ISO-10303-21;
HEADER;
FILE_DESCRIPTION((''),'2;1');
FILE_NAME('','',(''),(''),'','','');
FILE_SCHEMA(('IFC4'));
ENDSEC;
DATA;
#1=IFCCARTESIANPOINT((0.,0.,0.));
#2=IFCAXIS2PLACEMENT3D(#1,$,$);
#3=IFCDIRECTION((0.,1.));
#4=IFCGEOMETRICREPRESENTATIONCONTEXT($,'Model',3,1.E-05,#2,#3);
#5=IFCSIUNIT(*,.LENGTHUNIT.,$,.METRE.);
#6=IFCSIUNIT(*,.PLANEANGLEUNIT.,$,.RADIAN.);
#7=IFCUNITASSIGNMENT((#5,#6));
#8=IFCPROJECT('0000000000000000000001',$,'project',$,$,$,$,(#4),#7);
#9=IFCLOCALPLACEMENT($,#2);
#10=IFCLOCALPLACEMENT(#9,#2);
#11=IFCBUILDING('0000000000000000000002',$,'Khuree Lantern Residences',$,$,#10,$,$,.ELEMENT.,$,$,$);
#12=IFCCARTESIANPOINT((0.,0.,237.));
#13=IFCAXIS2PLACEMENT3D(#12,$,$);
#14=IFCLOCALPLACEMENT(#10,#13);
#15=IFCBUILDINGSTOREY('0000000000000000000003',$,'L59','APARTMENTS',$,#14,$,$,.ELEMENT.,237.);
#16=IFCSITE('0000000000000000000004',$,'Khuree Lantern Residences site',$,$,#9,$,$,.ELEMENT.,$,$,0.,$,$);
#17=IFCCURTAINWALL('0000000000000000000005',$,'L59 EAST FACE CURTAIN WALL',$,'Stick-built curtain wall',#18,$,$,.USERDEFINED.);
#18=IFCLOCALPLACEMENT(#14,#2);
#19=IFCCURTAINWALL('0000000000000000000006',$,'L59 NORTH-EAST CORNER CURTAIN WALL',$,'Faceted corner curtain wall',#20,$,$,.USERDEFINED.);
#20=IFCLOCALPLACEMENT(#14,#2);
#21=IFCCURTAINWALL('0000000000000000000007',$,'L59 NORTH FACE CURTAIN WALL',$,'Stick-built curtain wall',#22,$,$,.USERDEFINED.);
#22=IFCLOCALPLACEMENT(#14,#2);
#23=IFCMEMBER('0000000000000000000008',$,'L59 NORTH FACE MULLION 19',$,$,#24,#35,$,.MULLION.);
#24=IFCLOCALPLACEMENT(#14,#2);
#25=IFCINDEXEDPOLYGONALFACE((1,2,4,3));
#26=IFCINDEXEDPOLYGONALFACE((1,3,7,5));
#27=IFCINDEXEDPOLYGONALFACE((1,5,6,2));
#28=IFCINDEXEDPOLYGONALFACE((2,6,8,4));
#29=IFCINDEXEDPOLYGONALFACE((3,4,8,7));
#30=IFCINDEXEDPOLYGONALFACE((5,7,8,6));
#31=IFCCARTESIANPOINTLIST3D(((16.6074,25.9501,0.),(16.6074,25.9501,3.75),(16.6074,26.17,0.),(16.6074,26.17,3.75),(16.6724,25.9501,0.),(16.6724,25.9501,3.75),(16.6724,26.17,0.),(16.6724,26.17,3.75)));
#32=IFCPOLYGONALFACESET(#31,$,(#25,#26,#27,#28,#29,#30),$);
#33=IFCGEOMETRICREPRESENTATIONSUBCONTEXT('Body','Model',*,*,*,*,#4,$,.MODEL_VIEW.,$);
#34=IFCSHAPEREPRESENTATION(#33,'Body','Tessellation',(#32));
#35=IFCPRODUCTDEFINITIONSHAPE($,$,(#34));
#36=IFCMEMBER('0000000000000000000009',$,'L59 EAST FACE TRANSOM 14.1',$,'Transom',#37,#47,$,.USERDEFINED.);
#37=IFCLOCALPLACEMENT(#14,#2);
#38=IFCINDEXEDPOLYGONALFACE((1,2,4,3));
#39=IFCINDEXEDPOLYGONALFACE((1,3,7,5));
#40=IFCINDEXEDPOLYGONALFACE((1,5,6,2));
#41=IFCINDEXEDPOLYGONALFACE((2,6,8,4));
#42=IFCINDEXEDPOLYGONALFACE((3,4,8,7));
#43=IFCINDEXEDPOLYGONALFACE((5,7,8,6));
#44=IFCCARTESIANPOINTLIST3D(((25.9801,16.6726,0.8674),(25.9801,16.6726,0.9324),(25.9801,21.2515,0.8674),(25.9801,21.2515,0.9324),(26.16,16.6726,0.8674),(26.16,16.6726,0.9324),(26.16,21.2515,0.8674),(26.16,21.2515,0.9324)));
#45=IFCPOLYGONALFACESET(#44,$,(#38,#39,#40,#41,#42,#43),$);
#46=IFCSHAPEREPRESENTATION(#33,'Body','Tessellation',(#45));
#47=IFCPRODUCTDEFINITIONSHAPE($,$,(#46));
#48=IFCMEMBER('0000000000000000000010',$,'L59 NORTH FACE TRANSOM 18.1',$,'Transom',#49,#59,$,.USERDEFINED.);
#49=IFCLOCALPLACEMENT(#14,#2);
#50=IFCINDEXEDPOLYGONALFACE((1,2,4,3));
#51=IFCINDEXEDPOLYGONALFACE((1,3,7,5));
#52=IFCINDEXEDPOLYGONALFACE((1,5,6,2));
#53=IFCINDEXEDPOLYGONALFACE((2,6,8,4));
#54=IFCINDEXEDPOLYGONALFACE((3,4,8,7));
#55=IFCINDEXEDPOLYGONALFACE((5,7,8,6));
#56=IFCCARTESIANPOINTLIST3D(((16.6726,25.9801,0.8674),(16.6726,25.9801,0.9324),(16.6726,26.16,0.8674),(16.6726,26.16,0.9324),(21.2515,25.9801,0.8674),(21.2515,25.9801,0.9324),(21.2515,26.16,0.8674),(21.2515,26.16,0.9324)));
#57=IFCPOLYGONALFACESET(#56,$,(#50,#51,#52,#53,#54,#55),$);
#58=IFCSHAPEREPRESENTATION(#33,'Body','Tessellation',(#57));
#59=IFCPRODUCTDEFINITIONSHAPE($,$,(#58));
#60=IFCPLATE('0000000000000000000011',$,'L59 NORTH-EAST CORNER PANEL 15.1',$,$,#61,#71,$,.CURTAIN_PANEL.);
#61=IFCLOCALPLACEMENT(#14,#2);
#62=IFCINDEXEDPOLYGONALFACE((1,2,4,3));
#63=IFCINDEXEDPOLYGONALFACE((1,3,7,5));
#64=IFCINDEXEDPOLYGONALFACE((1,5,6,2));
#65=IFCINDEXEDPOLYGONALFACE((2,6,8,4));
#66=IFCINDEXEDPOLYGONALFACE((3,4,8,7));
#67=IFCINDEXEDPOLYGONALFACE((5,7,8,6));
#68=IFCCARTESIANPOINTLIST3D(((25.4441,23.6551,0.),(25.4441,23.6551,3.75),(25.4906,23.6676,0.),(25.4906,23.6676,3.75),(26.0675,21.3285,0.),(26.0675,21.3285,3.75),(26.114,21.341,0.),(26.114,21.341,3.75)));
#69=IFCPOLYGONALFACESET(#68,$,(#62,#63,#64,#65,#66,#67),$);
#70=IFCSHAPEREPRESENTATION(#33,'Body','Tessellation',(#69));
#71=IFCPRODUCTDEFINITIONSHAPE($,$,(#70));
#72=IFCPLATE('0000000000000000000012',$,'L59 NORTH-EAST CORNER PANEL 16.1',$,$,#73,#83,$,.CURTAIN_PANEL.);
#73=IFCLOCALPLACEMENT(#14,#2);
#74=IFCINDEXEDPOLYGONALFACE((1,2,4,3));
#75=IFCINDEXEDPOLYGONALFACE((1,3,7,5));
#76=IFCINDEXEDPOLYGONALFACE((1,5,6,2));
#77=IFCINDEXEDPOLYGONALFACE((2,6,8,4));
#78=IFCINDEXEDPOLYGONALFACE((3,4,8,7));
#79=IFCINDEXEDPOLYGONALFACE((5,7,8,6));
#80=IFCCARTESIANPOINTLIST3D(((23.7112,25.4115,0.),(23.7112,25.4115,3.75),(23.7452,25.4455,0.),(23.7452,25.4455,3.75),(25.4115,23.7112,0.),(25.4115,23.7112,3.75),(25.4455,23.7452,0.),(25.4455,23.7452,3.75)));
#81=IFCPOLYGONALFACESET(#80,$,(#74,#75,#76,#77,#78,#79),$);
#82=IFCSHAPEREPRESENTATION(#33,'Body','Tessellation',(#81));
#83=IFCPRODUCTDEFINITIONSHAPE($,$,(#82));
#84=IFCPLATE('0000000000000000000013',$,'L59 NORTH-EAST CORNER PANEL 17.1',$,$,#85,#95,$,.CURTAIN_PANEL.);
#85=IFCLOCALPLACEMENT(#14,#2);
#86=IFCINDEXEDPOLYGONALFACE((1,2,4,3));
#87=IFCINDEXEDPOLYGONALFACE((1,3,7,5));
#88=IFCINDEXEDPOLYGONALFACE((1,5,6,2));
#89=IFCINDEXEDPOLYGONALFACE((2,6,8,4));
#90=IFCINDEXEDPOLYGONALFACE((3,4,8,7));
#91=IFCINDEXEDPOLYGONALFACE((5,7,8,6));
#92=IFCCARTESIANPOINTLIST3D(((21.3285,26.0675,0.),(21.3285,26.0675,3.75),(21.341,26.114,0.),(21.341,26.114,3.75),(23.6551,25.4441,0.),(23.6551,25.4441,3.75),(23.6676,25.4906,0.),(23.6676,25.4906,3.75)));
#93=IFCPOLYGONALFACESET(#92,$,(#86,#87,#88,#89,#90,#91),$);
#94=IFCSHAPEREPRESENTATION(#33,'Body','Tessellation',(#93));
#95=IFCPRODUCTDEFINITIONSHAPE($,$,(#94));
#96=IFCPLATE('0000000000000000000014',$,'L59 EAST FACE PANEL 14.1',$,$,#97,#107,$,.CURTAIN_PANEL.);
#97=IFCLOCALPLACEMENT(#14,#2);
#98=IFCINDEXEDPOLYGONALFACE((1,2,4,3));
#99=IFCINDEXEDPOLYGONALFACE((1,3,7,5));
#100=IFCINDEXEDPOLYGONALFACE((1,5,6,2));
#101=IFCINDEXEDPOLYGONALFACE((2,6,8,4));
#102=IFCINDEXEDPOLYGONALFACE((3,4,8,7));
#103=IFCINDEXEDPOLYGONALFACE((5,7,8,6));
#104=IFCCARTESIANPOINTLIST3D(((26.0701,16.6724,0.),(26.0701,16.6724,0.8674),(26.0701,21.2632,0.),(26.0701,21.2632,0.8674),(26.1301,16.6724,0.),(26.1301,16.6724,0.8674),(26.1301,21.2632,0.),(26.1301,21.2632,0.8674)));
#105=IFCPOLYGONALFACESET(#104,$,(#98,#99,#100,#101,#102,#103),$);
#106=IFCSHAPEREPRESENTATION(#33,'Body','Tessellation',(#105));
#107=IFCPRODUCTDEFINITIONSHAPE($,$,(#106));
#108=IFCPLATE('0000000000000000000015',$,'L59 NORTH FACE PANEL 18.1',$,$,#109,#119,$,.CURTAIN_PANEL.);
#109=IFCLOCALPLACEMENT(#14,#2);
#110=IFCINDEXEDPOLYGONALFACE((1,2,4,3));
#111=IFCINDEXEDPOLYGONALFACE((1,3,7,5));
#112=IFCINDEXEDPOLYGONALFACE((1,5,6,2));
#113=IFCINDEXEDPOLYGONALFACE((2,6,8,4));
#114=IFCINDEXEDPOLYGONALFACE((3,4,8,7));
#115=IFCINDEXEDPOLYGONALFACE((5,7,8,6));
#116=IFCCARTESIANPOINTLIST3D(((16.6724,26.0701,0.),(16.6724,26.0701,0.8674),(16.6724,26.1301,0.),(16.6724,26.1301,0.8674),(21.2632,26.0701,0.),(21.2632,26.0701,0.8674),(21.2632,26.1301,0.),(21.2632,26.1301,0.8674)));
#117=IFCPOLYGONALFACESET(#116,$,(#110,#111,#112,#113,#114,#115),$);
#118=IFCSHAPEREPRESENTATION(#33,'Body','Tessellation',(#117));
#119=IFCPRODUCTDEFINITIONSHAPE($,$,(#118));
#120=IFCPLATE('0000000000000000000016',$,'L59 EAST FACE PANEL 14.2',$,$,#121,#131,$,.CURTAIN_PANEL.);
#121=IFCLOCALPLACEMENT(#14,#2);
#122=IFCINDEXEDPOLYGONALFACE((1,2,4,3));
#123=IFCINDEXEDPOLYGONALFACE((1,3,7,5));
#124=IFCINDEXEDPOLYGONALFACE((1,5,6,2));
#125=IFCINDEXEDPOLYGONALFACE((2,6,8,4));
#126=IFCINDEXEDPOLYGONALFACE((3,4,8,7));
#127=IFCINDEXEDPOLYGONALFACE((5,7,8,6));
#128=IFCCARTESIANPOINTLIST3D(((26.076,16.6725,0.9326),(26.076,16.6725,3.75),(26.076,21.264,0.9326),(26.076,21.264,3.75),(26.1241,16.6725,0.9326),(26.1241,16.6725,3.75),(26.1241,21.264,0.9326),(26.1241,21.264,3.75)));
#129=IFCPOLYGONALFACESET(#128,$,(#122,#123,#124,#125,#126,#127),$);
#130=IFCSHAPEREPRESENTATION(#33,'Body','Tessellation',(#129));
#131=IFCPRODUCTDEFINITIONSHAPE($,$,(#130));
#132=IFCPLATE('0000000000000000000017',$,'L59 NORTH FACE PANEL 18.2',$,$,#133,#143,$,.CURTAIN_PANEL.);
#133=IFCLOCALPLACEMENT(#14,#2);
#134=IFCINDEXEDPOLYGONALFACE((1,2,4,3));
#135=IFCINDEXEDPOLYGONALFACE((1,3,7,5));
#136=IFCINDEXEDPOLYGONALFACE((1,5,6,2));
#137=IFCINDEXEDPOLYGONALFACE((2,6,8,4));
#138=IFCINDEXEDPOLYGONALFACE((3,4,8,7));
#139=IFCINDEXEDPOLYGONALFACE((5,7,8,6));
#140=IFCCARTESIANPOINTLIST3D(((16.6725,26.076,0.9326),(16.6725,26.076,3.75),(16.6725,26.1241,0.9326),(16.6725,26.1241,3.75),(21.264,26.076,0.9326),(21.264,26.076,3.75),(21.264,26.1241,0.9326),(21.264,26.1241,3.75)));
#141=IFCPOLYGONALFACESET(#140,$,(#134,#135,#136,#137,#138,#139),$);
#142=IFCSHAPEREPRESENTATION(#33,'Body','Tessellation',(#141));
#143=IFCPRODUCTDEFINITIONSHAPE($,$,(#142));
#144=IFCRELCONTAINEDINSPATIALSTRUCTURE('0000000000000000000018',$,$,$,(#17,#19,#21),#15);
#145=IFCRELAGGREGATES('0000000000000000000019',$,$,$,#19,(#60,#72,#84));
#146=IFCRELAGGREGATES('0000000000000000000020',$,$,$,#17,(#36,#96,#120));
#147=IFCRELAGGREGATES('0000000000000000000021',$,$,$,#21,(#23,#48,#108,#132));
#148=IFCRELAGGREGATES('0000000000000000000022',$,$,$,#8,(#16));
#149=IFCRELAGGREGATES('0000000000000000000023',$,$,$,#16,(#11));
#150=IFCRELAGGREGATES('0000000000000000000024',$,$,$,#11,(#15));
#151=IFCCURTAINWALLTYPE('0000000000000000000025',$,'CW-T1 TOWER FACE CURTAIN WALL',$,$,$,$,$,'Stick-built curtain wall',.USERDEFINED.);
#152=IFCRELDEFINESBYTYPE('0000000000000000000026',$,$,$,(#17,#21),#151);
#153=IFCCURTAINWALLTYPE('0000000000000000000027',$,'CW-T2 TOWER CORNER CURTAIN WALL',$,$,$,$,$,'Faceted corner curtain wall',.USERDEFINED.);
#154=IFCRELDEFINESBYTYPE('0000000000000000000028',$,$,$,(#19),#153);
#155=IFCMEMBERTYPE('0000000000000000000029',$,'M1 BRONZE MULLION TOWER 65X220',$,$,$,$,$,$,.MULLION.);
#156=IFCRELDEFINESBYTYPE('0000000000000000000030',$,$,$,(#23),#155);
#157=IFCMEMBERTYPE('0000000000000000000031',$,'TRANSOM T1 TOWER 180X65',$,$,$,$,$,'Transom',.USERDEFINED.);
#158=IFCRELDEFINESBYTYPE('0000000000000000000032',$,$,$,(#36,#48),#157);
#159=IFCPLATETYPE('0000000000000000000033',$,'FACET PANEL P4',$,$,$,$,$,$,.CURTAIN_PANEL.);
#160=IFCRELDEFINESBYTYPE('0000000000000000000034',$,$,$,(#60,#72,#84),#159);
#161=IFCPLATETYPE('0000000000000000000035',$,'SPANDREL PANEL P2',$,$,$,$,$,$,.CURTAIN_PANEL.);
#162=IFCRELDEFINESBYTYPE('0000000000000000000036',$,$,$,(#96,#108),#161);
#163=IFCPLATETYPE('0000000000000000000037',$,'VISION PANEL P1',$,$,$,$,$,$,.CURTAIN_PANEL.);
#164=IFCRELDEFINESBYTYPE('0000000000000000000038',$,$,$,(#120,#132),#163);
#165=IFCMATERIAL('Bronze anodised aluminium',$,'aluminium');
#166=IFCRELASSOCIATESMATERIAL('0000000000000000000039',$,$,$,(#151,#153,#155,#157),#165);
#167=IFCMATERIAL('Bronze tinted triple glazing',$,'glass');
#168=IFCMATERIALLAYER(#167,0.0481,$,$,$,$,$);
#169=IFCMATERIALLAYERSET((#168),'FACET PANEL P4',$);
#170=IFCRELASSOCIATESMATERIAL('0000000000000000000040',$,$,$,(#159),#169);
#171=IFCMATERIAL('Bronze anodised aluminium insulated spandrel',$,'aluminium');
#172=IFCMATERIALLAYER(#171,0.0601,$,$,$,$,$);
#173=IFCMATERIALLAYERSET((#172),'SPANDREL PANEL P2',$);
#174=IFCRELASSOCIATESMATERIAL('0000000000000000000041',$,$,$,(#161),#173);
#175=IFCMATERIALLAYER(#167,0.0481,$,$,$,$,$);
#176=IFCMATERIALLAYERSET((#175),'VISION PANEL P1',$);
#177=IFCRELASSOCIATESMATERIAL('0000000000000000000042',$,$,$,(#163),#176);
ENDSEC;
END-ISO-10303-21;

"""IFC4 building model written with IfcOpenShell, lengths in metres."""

from ifc_helpers import new_model, si_unit, direction, frame, origin, origin_2d, place, context, subcontext, project, spatial, rectangle, extrude, material, layer, layer_set, material_profile, profile_set, type_object, element, aggregate, save


model = new_model("IFC4")

# Units and contexts
model_context = context("Model", 3, precision=1e-05, world=origin(), true_north=direction((0.0, 1.0)))
body_context = subcontext(model_context, "Body", "Model", "MODEL_VIEW")
ifc_project = project(units=[si_unit("LENGTHUNIT", "METRE"), si_unit("PLANEANGLEUNIT", "RADIAN")], contexts=[model_context])

# Site, building, storey
site_placement = place(None, origin())
site = spatial("IfcSite", under=ifc_project, at=site_placement, Name="Khuree Lantern Residences site", CompositionType="ELEMENT", RefElevation=0.0)
building_placement = place(site_placement, origin())
building = spatial("IfcBuilding", under=site, at=building_placement, Name="Khuree Lantern Residences", CompositionType="ELEMENT")
storey_placement = place(building_placement, frame((0.0, 0.0, 237.0)))
storey = spatial("IfcBuildingStorey", under=building, at=storey_placement, Name="L59", Description="APARTMENTS", CompositionType="ELEMENT", Elevation=237.0)

# Curtain walls
ifc_material_1 = material(Name="Bronze anodised aluminium", Category="aluminium")
curtain_wall_type_1 = type_object("IfcCurtainWallType", Name="CW-T1 TOWER FACE CURTAIN WALL", ElementType="Stick-built curtain wall", PredefinedType="USERDEFINED", material=ifc_material_1)
curtain_wall_1_placement = place(storey_placement, origin())
curtain_wall_1 = element("IfcCurtainWall", 1, at=curtain_wall_1_placement, inside=storey, type_object=curtain_wall_type_1, Name="L59 EAST FACE CURTAIN WALL", ObjectType="Stick-built curtain wall", PredefinedType="USERDEFINED")
curtain_wall_type_2 = type_object("IfcCurtainWallType", Name="CW-T2 TOWER CORNER CURTAIN WALL", ElementType="Faceted corner curtain wall", PredefinedType="USERDEFINED", material=ifc_material_1)
curtain_wall_2_placement = place(storey_placement, origin())
curtain_wall_2 = element("IfcCurtainWall", 2, at=curtain_wall_2_placement, inside=storey, type_object=curtain_wall_type_2, Name="L59 NORTH-EAST CORNER CURTAIN WALL", ObjectType="Faceted corner curtain wall", PredefinedType="USERDEFINED")

# Shared definitions
ifc_material_profile_1 = material_profile(ifc_material_1, rectangle(XDim=0.0649, YDim=0.22, at=origin_2d()), Name="M1 65X220")
ifc_profile_set_1 = profile_set([ifc_material_profile_1], Name="Bronze anodised aluminium")
member_type_1 = type_object("IfcMemberType", Name="M1 BRONZE MULLION TOWER 65X220", PredefinedType="MULLION", material=ifc_profile_set_1)

# Curtain wall, member
curtain_wall_3_placement = place(storey_placement, origin())
curtain_wall_3 = element("IfcCurtainWall", 3, at=curtain_wall_3_placement, inside=storey, type_object=curtain_wall_type_1, Name="L59 NORTH FACE CURTAIN WALL", ObjectType="Stick-built curtain wall", PredefinedType="USERDEFINED")
member_1_placement = place(storey_placement, frame((16.6399, 26.0601, 0.0), z_axis=(0.0, 0.0, 1.0), x_axis=(-1.0, 0.0, 0.0)))
member_1 = element("IfcMember", 4, at=member_1_placement, type_object=member_type_1, Name="L59 NORTH FACE MULLION 19", PredefinedType="MULLION", context=body_context, shape_type="SweptSolid", body=[
    extrude(rectangle(XDim=0.0649, YDim=0.22, at=origin_2d()), origin(), (0.0, 0.0, 1.0), 3.75),
])

# Members
ifc_material_profile_2 = material_profile(ifc_material_1, rectangle(XDim=0.1799, YDim=0.0649, at=origin_2d()), Name="T1 180X65")
ifc_profile_set_2 = profile_set([ifc_material_profile_2], Name="Bronze anodised aluminium")
member_type_2 = type_object("IfcMemberType", Name="TRANSOM T1 TOWER 180X65", ElementType="Transom", PredefinedType="USERDEFINED", material=ifc_profile_set_2)
member_2_placement = place(storey_placement, frame((26.0701, 16.6726, 0.8999), z_axis=(0.0, 1.0, 0.0), x_axis=(-1.0, 0.0, 0.0)))
member_2 = element("IfcMember", 5, at=member_2_placement, type_object=member_type_2, Name="L59 EAST FACE TRANSOM 14.1", ObjectType="Transom", PredefinedType="USERDEFINED", context=body_context, shape_type="SweptSolid", body=[
    extrude(rectangle(XDim=0.1799, YDim=0.0649, at=origin_2d()), origin(), (0.0, 0.0, 1.0), 4.5789),
])
member_3_placement = place(storey_placement, frame((21.2515, 26.0701, 0.8999), z_axis=(-1.0, 0.0, 0.0), x_axis=(0.0, -1.0, 0.0)))
member_3 = element("IfcMember", 6, at=member_3_placement, type_object=member_type_2, Name="L59 NORTH FACE TRANSOM 18.1", ObjectType="Transom", PredefinedType="USERDEFINED", context=body_context, shape_type="SweptSolid", body=[
    extrude(rectangle(XDim=0.1799, YDim=0.0649, at=origin_2d()), origin(), (0.0, 0.0, 1.0), 4.5789),
])

# Plates
ifc_material_2 = material(Name="Bronze tinted triple glazing", Category="glass")
ifc_layer_1 = layer(ifc_material_2, 0.0481)
ifc_layer_set_1 = layer_set([ifc_layer_1], Name="FACET PANEL P4")
plate_type_1 = type_object("IfcPlateType", Name="FACET PANEL P4", PredefinedType="CURTAIN_PANEL", material=ifc_layer_set_1)
plate_1_placement = place(storey_placement, frame((25.7791, 22.498, 0.0), z_axis=(0.0, 0.0, 1.0), x_axis=(-0.258819, 0.965926, 0.0)))
plate_1 = element("IfcPlate", 7, at=plate_1_placement, type_object=plate_type_1, Name="L59 NORTH-EAST CORNER PANEL 15.1", PredefinedType="CURTAIN_PANEL", context=body_context, shape_type="SweptSolid", body=[
    extrude(rectangle(XDim=2.4087, YDim=0.0481, at=origin_2d()), origin(), (0.0, 0.0, 1.0), 3.75),
])
plate_2_placement = place(storey_placement, frame((24.5784, 24.5784, 0.0), z_axis=(0.0, 0.0, 1.0), x_axis=(-0.707107, 0.707107, 0.0)))
plate_2 = element("IfcPlate", 8, at=plate_2_placement, type_object=plate_type_1, Name="L59 NORTH-EAST CORNER PANEL 16.1", PredefinedType="CURTAIN_PANEL", context=body_context, shape_type="SweptSolid", body=[
    extrude(rectangle(XDim=2.4045, YDim=0.0481, at=origin_2d()), origin(), (0.0, 0.0, 1.0), 3.75),
])
plate_3_placement = place(storey_placement, frame((22.498, 25.7791, 0.0), z_axis=(0.0, 0.0, 1.0), x_axis=(-0.965926, 0.258819, 0.0)))
plate_3 = element("IfcPlate", 9, at=plate_3_placement, type_object=plate_type_1, Name="L59 NORTH-EAST CORNER PANEL 17.1", PredefinedType="CURTAIN_PANEL", context=body_context, shape_type="SweptSolid", body=[
    extrude(rectangle(XDim=2.4087, YDim=0.0481, at=origin_2d()), origin(), (0.0, 0.0, 1.0), 3.75),
])
aggregate(curtain_wall_2, [plate_1, plate_2, plate_3])
ifc_material_3 = material(Name="Bronze anodised aluminium insulated spandrel", Category="aluminium")
ifc_layer_2 = layer(ifc_material_3, 0.0601)
ifc_layer_set_2 = layer_set([ifc_layer_2], Name="SPANDREL PANEL P2")
plate_type_2 = type_object("IfcPlateType", Name="SPANDREL PANEL P2", PredefinedType="CURTAIN_PANEL", material=ifc_layer_set_2)
plate_4_placement = place(storey_placement, frame((26.1001, 18.9678, 0.0), z_axis=(0.0, 0.0, 1.0), x_axis=(0.0, 1.0, 0.0)))
plate_4 = element("IfcPlate", 10, at=plate_4_placement, type_object=plate_type_2, Name="L59 EAST FACE PANEL 14.1", PredefinedType="CURTAIN_PANEL", context=body_context, shape_type="SweptSolid", body=[
    extrude(rectangle(XDim=4.5908, YDim=0.0601, at=origin_2d()), origin(), (0.0, 0.0, 1.0), 0.8674),
])
plate_5_placement = place(storey_placement, frame((18.9678, 26.1001, 0.0), z_axis=(0.0, 0.0, 1.0), x_axis=(-1.0, 0.0, 0.0)))
plate_5 = element("IfcPlate", 11, at=plate_5_placement, type_object=plate_type_2, Name="L59 NORTH FACE PANEL 18.1", PredefinedType="CURTAIN_PANEL", context=body_context, shape_type="SweptSolid", body=[
    extrude(rectangle(XDim=4.5908, YDim=0.0601, at=origin_2d()), origin(), (0.0, 0.0, 1.0), 0.8674),
])
ifc_layer_3 = layer(ifc_material_2, 0.0481)
ifc_layer_set_3 = layer_set([ifc_layer_3], Name="VISION PANEL P1")
plate_type_3 = type_object("IfcPlateType", Name="VISION PANEL P1", PredefinedType="CURTAIN_PANEL", material=ifc_layer_set_3)
plate_6_placement = place(storey_placement, frame((26.1001, 18.9683, 0.9326), z_axis=(0.0, 0.0, 1.0), x_axis=(0.0, 1.0, 0.0)))
plate_6 = element("IfcPlate", 12, at=plate_6_placement, type_object=plate_type_3, Name="L59 EAST FACE PANEL 14.2", PredefinedType="CURTAIN_PANEL", context=body_context, shape_type="SweptSolid", body=[
    extrude(rectangle(XDim=4.5916, YDim=0.0481, at=origin_2d()), origin(), (0.0, 0.0, 1.0), 2.8174),
])
aggregate(curtain_wall_1, [member_2, plate_4, plate_6])
plate_7_placement = place(storey_placement, frame((18.9683, 26.1001, 0.9326), z_axis=(0.0, 0.0, 1.0), x_axis=(-1.0, 0.0, 0.0)))
plate_7 = element("IfcPlate", 13, at=plate_7_placement, type_object=plate_type_3, Name="L59 NORTH FACE PANEL 18.2", PredefinedType="CURTAIN_PANEL", context=body_context, shape_type="SweptSolid", body=[
    extrude(rectangle(XDim=4.5916, YDim=0.0481, at=origin_2d()), origin(), (0.0, 0.0, 1.0), 2.8174),
])
aggregate(curtain_wall_3, [member_1, member_3, plate_5, plate_7])

save(model, "model.ifc")
